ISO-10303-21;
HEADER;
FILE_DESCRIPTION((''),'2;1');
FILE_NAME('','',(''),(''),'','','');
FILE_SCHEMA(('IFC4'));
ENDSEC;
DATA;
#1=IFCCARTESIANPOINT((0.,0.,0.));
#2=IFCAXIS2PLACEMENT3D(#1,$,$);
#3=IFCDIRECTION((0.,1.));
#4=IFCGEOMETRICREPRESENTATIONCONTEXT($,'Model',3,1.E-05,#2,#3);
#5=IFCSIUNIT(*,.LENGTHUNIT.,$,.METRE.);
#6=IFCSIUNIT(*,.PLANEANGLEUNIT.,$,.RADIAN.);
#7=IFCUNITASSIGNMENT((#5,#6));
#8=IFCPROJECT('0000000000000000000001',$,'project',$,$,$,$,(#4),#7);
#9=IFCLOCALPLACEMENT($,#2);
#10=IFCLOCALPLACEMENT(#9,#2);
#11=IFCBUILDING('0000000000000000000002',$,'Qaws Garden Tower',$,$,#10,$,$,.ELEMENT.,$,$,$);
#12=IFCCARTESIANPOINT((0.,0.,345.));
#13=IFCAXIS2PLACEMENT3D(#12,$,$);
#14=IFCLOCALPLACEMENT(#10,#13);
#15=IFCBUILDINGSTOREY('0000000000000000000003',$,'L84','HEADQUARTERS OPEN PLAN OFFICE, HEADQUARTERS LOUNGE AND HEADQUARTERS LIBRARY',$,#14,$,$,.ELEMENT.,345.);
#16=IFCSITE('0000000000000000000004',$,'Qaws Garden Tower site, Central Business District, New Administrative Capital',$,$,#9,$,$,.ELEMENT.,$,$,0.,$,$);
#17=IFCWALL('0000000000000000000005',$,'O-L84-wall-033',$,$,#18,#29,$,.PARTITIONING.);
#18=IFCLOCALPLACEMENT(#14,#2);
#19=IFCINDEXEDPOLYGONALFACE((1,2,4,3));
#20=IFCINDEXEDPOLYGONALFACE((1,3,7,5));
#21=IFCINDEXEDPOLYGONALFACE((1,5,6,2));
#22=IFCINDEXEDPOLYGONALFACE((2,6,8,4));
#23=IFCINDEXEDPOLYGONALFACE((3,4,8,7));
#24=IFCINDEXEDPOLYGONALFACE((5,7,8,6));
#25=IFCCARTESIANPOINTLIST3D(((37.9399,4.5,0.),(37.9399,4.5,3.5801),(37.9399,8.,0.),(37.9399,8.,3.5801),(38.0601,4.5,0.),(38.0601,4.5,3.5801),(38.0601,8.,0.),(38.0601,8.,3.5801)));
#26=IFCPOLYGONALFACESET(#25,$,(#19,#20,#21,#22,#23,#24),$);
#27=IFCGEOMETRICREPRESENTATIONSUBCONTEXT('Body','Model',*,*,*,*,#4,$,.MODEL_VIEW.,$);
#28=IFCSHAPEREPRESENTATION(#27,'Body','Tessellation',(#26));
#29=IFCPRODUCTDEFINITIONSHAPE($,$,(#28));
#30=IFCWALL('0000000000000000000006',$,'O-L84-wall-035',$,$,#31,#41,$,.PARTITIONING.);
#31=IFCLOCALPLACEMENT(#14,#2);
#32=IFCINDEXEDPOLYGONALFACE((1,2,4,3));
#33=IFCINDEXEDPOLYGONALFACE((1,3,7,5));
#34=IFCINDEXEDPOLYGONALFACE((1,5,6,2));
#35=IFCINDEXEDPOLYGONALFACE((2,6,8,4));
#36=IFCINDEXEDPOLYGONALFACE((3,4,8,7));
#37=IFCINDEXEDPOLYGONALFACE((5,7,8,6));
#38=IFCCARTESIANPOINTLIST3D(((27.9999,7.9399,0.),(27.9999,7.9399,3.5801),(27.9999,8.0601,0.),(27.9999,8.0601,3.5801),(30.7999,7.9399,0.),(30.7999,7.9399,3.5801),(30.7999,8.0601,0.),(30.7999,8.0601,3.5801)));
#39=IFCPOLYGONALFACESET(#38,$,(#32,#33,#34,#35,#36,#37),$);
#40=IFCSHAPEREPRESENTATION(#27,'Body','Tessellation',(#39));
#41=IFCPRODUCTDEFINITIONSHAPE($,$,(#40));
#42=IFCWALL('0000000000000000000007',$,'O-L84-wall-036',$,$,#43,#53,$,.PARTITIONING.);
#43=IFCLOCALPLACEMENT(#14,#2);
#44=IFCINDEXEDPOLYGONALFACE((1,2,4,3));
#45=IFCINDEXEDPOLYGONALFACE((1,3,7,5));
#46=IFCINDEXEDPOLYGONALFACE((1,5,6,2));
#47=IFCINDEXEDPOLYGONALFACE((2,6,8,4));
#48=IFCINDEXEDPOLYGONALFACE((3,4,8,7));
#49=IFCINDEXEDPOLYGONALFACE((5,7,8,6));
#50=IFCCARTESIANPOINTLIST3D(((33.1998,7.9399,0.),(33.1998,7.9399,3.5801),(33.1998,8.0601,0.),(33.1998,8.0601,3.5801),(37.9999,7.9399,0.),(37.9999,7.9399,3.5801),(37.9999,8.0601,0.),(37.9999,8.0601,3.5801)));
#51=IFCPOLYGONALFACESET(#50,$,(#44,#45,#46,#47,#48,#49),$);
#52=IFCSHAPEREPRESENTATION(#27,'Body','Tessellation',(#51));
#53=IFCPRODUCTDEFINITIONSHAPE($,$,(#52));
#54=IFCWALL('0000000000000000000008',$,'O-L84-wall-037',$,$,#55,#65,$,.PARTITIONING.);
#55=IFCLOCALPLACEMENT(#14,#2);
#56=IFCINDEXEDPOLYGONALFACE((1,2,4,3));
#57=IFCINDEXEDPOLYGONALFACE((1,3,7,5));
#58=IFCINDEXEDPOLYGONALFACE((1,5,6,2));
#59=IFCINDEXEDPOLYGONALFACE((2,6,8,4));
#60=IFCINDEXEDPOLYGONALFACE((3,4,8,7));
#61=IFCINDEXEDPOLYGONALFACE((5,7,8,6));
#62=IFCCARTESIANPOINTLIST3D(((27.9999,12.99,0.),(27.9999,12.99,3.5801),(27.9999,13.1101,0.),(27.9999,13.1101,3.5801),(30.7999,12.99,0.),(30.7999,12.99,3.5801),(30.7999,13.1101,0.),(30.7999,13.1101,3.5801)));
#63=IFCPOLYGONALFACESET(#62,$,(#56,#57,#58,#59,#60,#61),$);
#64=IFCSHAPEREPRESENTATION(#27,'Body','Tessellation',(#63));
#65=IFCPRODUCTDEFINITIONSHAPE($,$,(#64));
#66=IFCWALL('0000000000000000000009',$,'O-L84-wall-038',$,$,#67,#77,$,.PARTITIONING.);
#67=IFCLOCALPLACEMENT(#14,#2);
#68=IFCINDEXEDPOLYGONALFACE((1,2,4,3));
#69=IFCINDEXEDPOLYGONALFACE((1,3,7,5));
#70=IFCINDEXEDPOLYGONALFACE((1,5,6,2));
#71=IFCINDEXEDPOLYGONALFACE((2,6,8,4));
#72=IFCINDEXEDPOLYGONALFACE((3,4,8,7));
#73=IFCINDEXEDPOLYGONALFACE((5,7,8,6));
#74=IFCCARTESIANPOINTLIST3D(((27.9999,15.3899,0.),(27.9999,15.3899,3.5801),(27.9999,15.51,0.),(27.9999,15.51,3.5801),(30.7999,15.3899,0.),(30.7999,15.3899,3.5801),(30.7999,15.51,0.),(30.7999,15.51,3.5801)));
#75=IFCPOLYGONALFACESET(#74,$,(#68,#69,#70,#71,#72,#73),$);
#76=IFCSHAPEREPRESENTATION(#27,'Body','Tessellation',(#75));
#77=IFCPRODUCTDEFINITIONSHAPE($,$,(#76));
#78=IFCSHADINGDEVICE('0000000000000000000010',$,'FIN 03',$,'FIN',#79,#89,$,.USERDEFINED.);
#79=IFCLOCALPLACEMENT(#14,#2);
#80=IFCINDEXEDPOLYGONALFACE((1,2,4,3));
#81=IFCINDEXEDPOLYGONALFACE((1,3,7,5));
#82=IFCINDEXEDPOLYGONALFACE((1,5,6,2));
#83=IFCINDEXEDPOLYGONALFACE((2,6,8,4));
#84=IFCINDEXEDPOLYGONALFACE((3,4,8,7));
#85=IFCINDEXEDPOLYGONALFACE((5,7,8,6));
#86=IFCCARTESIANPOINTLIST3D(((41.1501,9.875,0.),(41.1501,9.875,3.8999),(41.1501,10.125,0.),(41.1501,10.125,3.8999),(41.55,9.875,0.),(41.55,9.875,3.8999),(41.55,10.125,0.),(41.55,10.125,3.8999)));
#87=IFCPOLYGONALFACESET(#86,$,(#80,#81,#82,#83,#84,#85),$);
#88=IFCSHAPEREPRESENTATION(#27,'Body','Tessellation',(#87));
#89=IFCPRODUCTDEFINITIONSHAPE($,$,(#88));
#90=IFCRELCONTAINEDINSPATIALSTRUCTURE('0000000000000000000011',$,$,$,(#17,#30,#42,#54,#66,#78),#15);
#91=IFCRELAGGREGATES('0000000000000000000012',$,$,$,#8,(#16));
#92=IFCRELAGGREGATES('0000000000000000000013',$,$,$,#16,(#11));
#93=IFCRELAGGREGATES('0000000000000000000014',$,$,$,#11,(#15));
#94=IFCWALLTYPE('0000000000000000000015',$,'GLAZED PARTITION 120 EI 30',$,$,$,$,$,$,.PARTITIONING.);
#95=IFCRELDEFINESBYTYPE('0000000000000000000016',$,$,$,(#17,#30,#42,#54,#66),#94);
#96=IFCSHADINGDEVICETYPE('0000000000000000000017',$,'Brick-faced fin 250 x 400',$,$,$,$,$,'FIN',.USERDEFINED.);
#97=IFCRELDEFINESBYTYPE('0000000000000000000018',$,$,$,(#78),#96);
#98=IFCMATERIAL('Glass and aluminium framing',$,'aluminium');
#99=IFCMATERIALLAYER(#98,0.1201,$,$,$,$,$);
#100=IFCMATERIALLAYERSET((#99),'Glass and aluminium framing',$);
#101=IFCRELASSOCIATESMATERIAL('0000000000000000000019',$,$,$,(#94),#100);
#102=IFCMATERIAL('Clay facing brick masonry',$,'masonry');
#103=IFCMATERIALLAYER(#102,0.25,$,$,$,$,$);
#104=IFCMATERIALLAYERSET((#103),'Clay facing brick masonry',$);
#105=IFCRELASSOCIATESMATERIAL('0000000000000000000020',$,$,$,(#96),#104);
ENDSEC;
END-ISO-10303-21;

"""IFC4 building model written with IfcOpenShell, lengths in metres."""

from ifc_helpers import new_model, si_unit, direction, frame, frame_2d, origin, origin_2d, place, context, subcontext, project, spatial, rectangle, extrude, material, layer, layer_set, type_object, element, save


model = new_model("IFC4")

# Units and contexts
model_context = context("Model", 3, precision=1e-05, world=origin(), true_north=direction((0.0, 1.0)))
body_context = subcontext(model_context, "Body", "Model", "MODEL_VIEW")
ifc_project = project(units=[si_unit("LENGTHUNIT", "METRE"), si_unit("PLANEANGLEUNIT", "RADIAN")], contexts=[model_context])

# Site, building, storey
site_placement = place(None, origin())
site = spatial("IfcSite", under=ifc_project, at=site_placement, Name="Qaws Garden Tower site, Central Business District, New Administrative Capital", CompositionType="ELEMENT", RefElevation=0.0)
building_placement = place(site_placement, origin())
building = spatial("IfcBuilding", under=site, at=building_placement, Name="Qaws Garden Tower", CompositionType="ELEMENT")
storey_placement = place(building_placement, frame((0.0, 0.0, 345.0)))
storey = spatial("IfcBuildingStorey", under=building, at=storey_placement, Name="L84", Description="HEADQUARTERS OPEN PLAN OFFICE, HEADQUARTERS LOUNGE AND HEADQUARTERS LIBRARY", CompositionType="ELEMENT", Elevation=345.0)

# Shared definitions
ifc_material_1 = material(Name="Glass and aluminium framing", Category="aluminium")
ifc_layer_1 = layer(ifc_material_1, 0.1201)
ifc_layer_set_1 = layer_set([ifc_layer_1], Name="Glass and aluminium framing")
wall_type_1 = type_object("IfcWallType", Name="GLAZED PARTITION 120 EI 30", PredefinedType="PARTITIONING", material=ifc_layer_set_1)

# Walls
wall_1_placement = place(storey_placement, frame((38.0, 4.5, 0.0), z_axis=(0.0, 0.0, 1.0), x_axis=(0.0, 1.0, 0.0)))
element("IfcWall", 1, at=wall_1_placement, inside=storey, type_object=wall_type_1, Name="O-L84-wall-033", PredefinedType="PARTITIONING", context=body_context, shape_type="SweptSolid", body=[
    extrude(rectangle(XDim=3.5, YDim=0.1201, at=frame_2d((1.75, 0.0))), origin(), (0.0, 0.0, 1.0), 3.5801),
])
wall_2_placement = place(storey_placement, frame((28.0, 8.0, 0.0), z_axis=(0.0, 0.0, 1.0), x_axis=(1.0, 0.0, 0.0)))
element("IfcWall", 2, at=wall_2_placement, inside=storey, type_object=wall_type_1, Name="O-L84-wall-035", PredefinedType="PARTITIONING", context=body_context, shape_type="SweptSolid", body=[
    extrude(rectangle(XDim=2.8, YDim=0.1201, at=frame_2d((1.3999, 0.0))), origin(), (0.0, 0.0, 1.0), 3.5801),
])
wall_3_placement = place(storey_placement, frame((33.2, 8.0, 0.0), z_axis=(0.0, 0.0, 1.0), x_axis=(1.0, 0.0, 0.0)))
element("IfcWall", 3, at=wall_3_placement, inside=storey, type_object=wall_type_1, Name="O-L84-wall-036", PredefinedType="PARTITIONING", context=body_context, shape_type="SweptSolid", body=[
    extrude(rectangle(XDim=4.8, YDim=0.1201, at=frame_2d((2.3999, 0.0))), origin(), (0.0, 0.0, 1.0), 3.5801),
])
for number, where, z_axis, x_axis, name in (
    (4, (28.0, 13.05, 0.0), (0.0, 0.0, 1.0), (1.0, 0.0, 0.0), "O-L84-wall-037"),
    (5, (28.0, 15.45, 0.0), (0.0, 0.0, 1.0), (1.0, 0.0, 0.0), "O-L84-wall-038"),
):
    element("IfcWall", number, at=place(storey_placement, frame(where, z_axis=z_axis, x_axis=x_axis)), inside=storey, type_object=wall_type_1, Name=name, PredefinedType="PARTITIONING", context=body_context, shape_type="SweptSolid", body=[
        extrude(rectangle(XDim=2.8, YDim=0.1201, at=frame_2d((1.3999, 0.0))), origin(), (0.0, 0.0, 1.0), 3.5801),
    ])

# Shading device
ifc_material_2 = material(Name="Clay facing brick masonry", Category="masonry")
ifc_layer_2 = layer(ifc_material_2, 0.25)
ifc_layer_set_2 = layer_set([ifc_layer_2], Name="Clay facing brick masonry")
shading_device_type = type_object("IfcShadingDeviceType", Name="Brick-faced fin 250 x 400", ElementType="FIN", PredefinedType="USERDEFINED", material=ifc_layer_set_2)
shading_device_placement = place(storey_placement, frame((41.3501, 10.0, 0.0), z_axis=(0.0, 0.0, 1.0), x_axis=(0.0, 1.0, 0.0)))
element("IfcShadingDevice", 6, at=shading_device_placement, inside=storey, type_object=shading_device_type, Name="FIN 03", ObjectType="FIN", PredefinedType="USERDEFINED", context=body_context, shape_type="SweptSolid", body=[
    extrude(rectangle(XDim=0.25, YDim=0.3999, at=origin_2d()), origin(), (0.0, 0.0, 1.0), 3.8999),
])

save(model, "model.ifc")
